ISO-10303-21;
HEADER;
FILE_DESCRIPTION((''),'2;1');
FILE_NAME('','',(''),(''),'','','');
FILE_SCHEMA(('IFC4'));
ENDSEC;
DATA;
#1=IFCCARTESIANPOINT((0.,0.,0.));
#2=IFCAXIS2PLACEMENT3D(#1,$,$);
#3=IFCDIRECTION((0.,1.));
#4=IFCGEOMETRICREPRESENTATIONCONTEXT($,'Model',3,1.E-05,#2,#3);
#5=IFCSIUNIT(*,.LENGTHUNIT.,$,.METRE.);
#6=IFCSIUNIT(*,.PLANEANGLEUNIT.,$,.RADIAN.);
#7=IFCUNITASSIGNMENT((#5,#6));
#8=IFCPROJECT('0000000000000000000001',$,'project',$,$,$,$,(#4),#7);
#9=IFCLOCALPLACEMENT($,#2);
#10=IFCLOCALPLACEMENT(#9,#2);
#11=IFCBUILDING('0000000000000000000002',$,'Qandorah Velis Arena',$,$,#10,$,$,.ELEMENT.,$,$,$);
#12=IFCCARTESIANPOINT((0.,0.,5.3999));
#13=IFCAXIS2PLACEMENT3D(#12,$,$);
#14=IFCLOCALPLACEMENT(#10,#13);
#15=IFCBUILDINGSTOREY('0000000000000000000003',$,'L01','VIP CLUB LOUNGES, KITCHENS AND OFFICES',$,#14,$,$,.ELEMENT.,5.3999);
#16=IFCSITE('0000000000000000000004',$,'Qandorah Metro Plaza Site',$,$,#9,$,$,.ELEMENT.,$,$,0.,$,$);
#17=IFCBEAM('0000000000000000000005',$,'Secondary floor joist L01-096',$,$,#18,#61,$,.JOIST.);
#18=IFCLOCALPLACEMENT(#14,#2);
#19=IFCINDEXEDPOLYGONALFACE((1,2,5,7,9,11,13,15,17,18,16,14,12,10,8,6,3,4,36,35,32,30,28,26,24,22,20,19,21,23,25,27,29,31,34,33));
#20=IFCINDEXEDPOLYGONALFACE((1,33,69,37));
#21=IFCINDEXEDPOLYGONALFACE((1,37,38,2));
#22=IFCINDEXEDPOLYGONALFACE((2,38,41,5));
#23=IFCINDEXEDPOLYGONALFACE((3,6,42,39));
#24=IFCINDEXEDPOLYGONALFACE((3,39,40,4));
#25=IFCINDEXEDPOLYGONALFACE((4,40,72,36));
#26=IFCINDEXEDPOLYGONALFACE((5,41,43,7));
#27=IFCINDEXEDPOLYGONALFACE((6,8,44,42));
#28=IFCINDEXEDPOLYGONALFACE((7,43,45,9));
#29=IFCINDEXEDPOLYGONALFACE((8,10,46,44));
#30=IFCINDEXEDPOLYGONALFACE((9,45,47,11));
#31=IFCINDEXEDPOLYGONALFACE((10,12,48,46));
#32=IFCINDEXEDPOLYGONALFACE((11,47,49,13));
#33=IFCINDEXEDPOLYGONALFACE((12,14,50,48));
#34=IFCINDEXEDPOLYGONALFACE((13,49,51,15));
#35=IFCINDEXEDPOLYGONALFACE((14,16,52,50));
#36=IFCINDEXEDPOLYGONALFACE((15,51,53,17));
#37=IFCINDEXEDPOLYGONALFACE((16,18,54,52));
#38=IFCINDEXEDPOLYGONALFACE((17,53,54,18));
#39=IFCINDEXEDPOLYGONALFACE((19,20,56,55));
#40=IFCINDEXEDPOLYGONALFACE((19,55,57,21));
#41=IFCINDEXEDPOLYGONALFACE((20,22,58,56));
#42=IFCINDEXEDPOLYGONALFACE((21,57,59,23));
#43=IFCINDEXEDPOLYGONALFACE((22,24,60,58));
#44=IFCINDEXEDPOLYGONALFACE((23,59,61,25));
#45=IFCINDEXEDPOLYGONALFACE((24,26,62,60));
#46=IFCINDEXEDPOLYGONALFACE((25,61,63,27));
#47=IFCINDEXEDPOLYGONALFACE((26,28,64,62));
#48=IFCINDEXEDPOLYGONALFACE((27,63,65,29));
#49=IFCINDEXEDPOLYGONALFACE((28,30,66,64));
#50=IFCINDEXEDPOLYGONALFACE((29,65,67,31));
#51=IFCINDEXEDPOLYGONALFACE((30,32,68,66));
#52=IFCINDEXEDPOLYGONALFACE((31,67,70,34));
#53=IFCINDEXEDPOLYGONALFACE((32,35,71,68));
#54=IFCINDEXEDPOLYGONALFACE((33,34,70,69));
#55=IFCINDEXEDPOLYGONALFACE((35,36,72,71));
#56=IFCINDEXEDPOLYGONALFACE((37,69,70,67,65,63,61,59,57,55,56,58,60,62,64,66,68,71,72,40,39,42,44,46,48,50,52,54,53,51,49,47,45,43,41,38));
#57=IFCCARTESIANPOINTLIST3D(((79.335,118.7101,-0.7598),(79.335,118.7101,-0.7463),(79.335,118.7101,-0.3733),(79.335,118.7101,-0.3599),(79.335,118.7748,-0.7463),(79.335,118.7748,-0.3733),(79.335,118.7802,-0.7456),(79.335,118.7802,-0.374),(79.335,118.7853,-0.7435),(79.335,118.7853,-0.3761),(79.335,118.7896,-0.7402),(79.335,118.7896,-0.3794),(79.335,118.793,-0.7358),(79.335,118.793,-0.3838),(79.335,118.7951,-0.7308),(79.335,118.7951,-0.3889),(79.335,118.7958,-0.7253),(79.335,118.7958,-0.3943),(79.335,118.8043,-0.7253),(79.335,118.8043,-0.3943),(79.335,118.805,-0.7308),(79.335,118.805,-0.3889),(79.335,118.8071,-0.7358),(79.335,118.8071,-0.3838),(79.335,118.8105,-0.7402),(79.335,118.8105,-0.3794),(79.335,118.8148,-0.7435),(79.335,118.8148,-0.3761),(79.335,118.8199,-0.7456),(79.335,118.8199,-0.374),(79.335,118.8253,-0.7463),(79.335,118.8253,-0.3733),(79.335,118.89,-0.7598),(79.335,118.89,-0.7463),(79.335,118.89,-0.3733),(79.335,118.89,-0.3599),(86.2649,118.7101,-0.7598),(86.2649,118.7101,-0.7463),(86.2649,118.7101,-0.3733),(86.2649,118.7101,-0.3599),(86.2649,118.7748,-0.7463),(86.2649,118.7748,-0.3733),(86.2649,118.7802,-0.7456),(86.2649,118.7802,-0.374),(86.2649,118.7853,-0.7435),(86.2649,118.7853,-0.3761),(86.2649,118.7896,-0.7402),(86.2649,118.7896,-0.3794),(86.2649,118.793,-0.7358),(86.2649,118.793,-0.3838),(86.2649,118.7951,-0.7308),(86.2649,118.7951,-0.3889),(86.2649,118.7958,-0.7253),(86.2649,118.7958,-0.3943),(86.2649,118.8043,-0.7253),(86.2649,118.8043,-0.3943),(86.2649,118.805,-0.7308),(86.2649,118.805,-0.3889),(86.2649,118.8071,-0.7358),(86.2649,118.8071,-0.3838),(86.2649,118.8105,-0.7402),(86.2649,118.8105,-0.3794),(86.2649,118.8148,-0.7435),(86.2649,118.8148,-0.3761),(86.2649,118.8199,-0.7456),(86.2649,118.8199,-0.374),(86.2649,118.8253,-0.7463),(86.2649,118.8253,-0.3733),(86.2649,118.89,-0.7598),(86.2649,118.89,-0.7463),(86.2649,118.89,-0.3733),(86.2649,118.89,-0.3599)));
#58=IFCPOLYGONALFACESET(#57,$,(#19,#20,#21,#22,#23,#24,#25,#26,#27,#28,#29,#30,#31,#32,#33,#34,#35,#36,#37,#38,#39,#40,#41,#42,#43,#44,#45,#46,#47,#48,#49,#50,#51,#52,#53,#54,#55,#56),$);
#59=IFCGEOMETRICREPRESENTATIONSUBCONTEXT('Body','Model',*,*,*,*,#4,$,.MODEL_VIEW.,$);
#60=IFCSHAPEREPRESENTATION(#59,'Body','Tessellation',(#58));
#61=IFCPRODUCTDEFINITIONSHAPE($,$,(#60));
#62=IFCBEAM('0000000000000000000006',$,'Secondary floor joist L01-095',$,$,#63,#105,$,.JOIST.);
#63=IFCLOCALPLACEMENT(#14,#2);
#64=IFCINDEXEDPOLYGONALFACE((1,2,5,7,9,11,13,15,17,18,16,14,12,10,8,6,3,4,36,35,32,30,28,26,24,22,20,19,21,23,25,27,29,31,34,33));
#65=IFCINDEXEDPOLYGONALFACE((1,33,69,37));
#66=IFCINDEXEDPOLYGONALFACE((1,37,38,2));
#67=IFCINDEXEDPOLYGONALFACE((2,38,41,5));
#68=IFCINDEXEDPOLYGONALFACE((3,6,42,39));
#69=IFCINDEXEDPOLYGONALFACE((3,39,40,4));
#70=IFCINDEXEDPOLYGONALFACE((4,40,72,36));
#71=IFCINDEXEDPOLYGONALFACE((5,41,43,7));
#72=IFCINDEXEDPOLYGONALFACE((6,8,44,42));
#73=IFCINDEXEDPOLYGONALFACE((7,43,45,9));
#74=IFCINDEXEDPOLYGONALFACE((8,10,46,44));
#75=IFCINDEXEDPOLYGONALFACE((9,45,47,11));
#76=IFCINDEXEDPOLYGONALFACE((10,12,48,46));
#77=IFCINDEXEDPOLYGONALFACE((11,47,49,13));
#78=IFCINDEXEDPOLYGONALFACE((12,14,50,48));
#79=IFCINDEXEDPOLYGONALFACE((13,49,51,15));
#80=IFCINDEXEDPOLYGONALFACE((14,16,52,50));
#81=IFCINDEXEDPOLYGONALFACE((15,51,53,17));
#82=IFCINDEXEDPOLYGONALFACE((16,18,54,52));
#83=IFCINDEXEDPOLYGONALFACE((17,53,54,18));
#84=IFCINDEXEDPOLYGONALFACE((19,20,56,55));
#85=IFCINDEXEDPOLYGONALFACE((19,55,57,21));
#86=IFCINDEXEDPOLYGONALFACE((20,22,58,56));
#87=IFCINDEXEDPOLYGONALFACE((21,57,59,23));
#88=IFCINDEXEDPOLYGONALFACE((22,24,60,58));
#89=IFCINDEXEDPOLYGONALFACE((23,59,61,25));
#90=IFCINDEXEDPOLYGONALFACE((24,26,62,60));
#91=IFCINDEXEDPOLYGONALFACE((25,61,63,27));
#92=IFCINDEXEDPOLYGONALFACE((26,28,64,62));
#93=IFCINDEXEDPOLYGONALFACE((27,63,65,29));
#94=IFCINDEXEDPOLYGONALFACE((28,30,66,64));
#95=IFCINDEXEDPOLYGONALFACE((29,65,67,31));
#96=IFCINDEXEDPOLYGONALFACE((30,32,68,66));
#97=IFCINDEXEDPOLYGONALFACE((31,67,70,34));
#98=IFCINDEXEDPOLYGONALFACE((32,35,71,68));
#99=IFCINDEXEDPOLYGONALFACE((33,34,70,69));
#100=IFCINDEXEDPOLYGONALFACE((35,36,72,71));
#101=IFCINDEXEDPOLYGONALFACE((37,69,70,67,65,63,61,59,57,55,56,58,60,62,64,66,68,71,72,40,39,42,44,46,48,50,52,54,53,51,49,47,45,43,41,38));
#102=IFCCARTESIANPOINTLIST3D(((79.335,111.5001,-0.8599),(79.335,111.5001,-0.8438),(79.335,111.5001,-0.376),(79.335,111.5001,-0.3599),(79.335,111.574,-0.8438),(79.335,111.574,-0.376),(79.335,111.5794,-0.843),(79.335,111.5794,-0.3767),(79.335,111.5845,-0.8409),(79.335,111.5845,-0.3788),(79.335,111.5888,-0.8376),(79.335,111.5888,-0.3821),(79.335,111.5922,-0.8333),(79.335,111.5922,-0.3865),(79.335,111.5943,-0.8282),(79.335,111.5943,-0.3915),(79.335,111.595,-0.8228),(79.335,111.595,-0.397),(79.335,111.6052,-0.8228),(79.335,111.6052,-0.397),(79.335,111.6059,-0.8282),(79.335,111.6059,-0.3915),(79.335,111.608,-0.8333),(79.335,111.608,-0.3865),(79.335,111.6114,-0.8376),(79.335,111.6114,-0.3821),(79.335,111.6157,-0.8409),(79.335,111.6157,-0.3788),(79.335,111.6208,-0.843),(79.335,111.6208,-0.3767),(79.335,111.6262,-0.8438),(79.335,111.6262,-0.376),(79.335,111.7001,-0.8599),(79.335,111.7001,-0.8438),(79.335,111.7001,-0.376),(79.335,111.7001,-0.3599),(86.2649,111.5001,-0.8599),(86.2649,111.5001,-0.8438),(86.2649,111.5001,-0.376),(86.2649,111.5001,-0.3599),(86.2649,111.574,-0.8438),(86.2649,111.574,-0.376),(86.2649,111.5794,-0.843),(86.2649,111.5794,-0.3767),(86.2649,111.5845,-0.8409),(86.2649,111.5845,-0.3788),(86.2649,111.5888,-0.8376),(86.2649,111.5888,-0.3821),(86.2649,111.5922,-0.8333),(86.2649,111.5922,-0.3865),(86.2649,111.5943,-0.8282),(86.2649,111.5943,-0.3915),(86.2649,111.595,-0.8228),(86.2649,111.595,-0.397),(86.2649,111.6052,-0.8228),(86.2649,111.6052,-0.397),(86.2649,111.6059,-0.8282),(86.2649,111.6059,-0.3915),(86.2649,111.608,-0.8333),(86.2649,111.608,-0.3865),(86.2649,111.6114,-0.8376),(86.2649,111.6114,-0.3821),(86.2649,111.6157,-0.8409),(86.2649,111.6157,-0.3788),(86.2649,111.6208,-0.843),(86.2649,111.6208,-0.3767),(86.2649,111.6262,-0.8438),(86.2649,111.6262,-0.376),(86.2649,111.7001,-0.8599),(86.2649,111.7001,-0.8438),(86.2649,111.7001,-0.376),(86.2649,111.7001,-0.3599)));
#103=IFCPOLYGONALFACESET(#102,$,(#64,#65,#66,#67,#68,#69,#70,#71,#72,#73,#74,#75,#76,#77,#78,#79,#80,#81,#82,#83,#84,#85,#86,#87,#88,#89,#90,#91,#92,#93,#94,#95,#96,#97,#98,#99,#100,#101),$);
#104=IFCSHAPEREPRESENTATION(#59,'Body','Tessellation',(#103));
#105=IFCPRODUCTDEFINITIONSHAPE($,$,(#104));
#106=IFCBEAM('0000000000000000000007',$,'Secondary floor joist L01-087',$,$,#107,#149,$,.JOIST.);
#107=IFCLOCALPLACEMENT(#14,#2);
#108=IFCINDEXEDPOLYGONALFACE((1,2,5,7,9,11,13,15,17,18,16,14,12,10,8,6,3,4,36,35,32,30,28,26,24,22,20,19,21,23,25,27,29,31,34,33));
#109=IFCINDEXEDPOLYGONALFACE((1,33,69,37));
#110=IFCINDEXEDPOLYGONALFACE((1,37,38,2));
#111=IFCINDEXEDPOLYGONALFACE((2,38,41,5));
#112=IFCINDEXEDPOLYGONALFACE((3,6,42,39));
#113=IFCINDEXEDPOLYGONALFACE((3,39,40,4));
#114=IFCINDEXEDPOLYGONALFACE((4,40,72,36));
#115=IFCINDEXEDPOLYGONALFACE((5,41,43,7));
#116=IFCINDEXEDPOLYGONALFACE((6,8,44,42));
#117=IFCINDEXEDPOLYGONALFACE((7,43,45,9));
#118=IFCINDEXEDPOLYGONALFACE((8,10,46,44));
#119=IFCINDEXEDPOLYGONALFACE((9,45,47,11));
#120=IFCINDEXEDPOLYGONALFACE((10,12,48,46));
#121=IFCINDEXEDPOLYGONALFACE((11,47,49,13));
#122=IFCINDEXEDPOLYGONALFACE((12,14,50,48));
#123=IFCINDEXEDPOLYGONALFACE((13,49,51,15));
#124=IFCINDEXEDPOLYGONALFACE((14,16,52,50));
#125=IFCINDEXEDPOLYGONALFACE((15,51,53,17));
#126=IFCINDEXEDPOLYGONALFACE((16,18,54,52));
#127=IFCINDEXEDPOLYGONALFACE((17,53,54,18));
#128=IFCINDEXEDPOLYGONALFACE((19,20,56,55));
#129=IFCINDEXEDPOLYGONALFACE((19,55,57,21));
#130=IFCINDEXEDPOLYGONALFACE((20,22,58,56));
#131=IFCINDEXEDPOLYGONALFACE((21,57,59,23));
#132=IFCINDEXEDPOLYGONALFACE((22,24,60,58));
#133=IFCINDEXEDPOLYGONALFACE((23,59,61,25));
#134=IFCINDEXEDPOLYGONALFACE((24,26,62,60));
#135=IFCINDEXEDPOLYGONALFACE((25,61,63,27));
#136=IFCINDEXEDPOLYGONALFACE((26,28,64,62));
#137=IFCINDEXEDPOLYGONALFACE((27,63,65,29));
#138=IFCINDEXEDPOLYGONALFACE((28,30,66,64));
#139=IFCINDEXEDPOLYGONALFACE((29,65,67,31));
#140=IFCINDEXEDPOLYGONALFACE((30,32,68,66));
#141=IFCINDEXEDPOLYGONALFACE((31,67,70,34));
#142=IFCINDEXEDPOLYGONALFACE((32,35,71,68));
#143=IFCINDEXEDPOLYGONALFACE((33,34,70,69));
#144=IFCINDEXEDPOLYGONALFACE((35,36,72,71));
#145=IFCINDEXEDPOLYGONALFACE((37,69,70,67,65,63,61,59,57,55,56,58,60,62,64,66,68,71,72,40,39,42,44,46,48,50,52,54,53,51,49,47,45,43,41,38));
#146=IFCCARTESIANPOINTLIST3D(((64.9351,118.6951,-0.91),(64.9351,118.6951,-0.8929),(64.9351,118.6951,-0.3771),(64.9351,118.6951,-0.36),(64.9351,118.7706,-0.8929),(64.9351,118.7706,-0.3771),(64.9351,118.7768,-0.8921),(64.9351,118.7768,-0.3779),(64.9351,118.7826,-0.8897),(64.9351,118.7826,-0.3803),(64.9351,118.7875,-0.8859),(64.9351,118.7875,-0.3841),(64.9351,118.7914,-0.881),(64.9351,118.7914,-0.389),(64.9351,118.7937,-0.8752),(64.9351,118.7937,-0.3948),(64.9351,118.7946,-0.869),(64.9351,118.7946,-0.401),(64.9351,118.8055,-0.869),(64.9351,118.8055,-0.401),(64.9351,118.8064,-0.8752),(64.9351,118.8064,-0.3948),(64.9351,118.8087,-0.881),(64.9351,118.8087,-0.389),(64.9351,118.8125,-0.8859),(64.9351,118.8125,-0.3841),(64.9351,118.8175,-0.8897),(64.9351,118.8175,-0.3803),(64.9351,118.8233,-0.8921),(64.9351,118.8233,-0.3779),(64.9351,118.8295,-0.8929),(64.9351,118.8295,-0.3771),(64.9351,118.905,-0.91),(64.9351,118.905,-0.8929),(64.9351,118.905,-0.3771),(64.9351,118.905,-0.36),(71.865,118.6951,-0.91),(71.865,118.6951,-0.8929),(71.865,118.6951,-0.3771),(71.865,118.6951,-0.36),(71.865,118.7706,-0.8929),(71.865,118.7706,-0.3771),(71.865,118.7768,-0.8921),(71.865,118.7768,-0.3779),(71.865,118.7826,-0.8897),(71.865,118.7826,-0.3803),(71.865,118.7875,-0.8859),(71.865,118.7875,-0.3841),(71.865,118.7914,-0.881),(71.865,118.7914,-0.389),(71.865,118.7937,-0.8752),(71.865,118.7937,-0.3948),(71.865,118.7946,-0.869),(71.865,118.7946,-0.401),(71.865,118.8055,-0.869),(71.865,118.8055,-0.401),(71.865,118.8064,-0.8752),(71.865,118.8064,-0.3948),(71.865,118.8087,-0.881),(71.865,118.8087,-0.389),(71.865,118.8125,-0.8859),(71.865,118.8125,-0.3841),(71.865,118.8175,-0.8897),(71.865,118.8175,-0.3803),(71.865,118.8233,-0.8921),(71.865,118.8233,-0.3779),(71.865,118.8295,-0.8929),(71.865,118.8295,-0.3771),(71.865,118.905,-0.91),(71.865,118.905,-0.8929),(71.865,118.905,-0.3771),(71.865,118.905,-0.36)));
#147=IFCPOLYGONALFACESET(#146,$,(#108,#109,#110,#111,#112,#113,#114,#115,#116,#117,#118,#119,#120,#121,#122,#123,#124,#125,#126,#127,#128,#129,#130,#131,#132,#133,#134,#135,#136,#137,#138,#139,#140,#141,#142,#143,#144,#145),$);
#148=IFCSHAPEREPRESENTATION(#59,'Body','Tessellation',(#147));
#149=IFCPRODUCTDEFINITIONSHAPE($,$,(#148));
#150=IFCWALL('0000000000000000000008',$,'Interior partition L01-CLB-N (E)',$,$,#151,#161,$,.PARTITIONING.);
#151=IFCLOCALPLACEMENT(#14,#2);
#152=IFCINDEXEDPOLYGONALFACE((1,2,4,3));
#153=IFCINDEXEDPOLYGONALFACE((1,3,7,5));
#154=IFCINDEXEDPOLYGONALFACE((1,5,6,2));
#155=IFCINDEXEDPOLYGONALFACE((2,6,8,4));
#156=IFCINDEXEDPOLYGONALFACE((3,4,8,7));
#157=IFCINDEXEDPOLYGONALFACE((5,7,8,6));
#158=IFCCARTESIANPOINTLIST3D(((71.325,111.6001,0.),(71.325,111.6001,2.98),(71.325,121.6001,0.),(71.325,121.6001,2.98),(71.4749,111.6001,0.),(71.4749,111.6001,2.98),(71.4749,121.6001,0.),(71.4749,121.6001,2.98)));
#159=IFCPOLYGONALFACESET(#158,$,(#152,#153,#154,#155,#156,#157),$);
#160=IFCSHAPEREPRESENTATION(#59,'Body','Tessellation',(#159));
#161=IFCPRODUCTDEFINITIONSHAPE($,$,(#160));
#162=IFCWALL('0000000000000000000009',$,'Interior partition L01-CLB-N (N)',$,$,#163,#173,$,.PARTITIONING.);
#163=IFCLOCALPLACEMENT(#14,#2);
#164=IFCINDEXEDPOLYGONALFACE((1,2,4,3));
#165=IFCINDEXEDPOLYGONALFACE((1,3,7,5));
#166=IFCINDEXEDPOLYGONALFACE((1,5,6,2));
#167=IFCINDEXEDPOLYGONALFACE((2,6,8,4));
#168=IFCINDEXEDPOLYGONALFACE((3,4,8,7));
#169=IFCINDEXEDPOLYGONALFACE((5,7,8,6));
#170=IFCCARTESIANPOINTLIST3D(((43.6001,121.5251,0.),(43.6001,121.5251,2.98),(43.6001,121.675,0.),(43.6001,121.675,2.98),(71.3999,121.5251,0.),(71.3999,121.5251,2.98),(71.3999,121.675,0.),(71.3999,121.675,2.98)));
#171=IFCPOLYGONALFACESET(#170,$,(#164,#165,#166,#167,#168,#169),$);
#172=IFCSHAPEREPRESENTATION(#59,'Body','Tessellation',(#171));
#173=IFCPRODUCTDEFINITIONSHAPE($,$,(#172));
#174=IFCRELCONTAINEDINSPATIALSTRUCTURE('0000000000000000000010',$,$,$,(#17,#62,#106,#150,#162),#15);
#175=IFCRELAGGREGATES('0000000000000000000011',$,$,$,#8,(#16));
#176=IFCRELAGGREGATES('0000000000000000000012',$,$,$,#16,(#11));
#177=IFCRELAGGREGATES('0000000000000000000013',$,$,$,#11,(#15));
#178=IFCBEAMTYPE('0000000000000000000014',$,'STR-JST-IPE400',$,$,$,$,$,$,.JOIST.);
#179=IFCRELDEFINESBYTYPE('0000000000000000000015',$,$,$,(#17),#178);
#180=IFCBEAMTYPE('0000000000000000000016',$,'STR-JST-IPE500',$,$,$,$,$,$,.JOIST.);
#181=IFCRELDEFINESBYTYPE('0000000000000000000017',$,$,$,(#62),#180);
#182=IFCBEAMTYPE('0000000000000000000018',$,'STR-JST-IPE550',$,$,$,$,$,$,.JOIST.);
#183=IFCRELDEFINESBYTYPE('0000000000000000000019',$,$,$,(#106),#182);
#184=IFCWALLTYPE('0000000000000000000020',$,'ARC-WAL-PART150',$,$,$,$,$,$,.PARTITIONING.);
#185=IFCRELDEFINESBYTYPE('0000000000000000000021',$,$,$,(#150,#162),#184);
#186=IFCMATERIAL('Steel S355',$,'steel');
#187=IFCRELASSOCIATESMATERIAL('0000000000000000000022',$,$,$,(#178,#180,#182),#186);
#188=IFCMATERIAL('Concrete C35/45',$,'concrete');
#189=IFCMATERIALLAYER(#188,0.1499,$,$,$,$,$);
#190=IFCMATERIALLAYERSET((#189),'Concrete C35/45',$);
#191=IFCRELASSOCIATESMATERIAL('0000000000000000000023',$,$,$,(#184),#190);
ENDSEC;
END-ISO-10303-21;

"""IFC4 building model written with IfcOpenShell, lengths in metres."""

from ifc_helpers import new_model, si_unit, direction, frame, frame_2d, origin, origin_2d, place, context, subcontext, project, spatial, rectangle, i_section, extrude, material, layer, layer_set, material_profile, profile_set, type_object, element, save


model = new_model("IFC4")

# Units and contexts
model_context = context("Model", 3, precision=1e-05, world=origin(), true_north=direction((0.0, 1.0)))
body_context = subcontext(model_context, "Body", "Model", "MODEL_VIEW")
ifc_project = project(units=[si_unit("LENGTHUNIT", "METRE"), si_unit("PLANEANGLEUNIT", "RADIAN")], contexts=[model_context])

# Site, building, storey
site_placement = place(None, origin())
site = spatial("IfcSite", under=ifc_project, at=site_placement, Name="Qandorah Metro Plaza Site", CompositionType="ELEMENT", RefElevation=0.0)
building_placement = place(site_placement, origin())
building = spatial("IfcBuilding", under=site, at=building_placement, Name="Qandorah Velis Arena", CompositionType="ELEMENT")
storey_placement = place(building_placement, frame((0.0, 0.0, 5.3999)))
storey = spatial("IfcBuildingStorey", under=building, at=storey_placement, Name="L01", Description="VIP CLUB LOUNGES, KITCHENS AND OFFICES", CompositionType="ELEMENT", Elevation=5.3999)

# Beams
ifc_material_1 = material(Name="Steel S355", Category="steel")
ifc_material_profile_1 = material_profile(ifc_material_1, i_section(OverallWidth=0.1799, OverallDepth=0.3999, WebThickness=0.0085, FlangeThickness=0.0134, FilletRadius=0.021, at=origin_2d()), Name="IPE 400")
ifc_profile_set_1 = profile_set([ifc_material_profile_1], Name="Steel S355")
beam_type_1 = type_object("IfcBeamType", Name="STR-JST-IPE400", PredefinedType="JOIST", material=ifc_profile_set_1)
for number, where, z_axis, x_axis, name in (
    (1, (79.335, 118.8, -0.5598), (1.0, 0.0, 0.0), (0.0, 1.0, 0.0), "Secondary floor joist L01-096"),
):
    element("IfcBeam", number, at=place(storey_placement, frame(where, z_axis=z_axis, x_axis=x_axis)), inside=storey, type_object=beam_type_1, Name=name, PredefinedType="JOIST", context=body_context, shape_type="SweptSolid", body=[
        extrude(i_section(OverallWidth=0.1799, OverallDepth=0.3999, WebThickness=0.0085, FlangeThickness=0.0134, FilletRadius=0.021, at=origin_2d()), origin(), (0.0, 0.0, 1.0), 6.9299),
    ])
ifc_material_profile_2 = material_profile(ifc_material_1, i_section(OverallWidth=0.2, OverallDepth=0.5, WebThickness=0.0103, FlangeThickness=0.0161, FilletRadius=0.021, at=origin_2d()), Name="IPE 500")
ifc_profile_set_2 = profile_set([ifc_material_profile_2], Name="Steel S355")
beam_type_2 = type_object("IfcBeamType", Name="STR-JST-IPE500", PredefinedType="JOIST", material=ifc_profile_set_2)
beam_1_placement = place(storey_placement, frame((79.335, 111.6001, -0.6099), z_axis=(1.0, 0.0, 0.0), x_axis=(0.0, 1.0, 0.0)))
element("IfcBeam", 2, at=beam_1_placement, inside=storey, type_object=beam_type_2, Name="Secondary floor joist L01-095", PredefinedType="JOIST", context=body_context, shape_type="SweptSolid", body=[
    extrude(i_section(OverallWidth=0.2, OverallDepth=0.5, WebThickness=0.0103, FlangeThickness=0.0161, FilletRadius=0.021, at=origin_2d()), origin(), (0.0, 0.0, 1.0), 6.9299),
])
ifc_material_profile_3 = material_profile(ifc_material_1, i_section(OverallWidth=0.21, OverallDepth=0.55, WebThickness=0.011, FlangeThickness=0.0171, FilletRadius=0.0239, at=origin_2d()), Name="IPE 550")
ifc_profile_set_3 = profile_set([ifc_material_profile_3], Name="Steel S355")
beam_type_3 = type_object("IfcBeamType", Name="STR-JST-IPE550", PredefinedType="JOIST", material=ifc_profile_set_3)
beam_2_placement = place(storey_placement, frame((64.9351, 118.8, -0.635), z_axis=(1.0, 0.0, 0.0), x_axis=(0.0, 1.0, 0.0)))
element("IfcBeam", 3, at=beam_2_placement, inside=storey, type_object=beam_type_3, Name="Secondary floor joist L01-087", PredefinedType="JOIST", context=body_context, shape_type="SweptSolid", body=[
    extrude(i_section(OverallWidth=0.21, OverallDepth=0.55, WebThickness=0.011, FlangeThickness=0.0171, FilletRadius=0.0239, at=origin_2d()), origin(), (0.0, 0.0, 1.0), 6.9299),
])

# Walls
ifc_material_2 = material(Name="Concrete C35/45", Category="concrete")
ifc_layer = layer(ifc_material_2, 0.1499)
ifc_layer_set = layer_set([ifc_layer], Name="Concrete C35/45")
wall_type = type_object("IfcWallType", Name="ARC-WAL-PART150", PredefinedType="PARTITIONING", material=ifc_layer_set)
wall_1_placement = place(storey_placement, frame((71.3999, 111.6001, 0.0), z_axis=(0.0, 0.0, 1.0), x_axis=(0.0, 1.0, 0.0)))
element("IfcWall", 4, at=wall_1_placement, inside=storey, type_object=wall_type, Name="Interior partition L01-CLB-N (E)", PredefinedType="PARTITIONING", context=body_context, shape_type="SweptSolid", body=[
    extrude(rectangle(XDim=10.0, YDim=0.1499, at=frame_2d((5.0, 0.0))), origin(), (0.0, 0.0, 1.0), 2.98),
])
wall_2_placement = place(storey_placement, frame((71.3999, 121.6001, 0.0), z_axis=(0.0, 0.0, 1.0), x_axis=(-1.0, 0.0, 0.0)))
element("IfcWall", 5, at=wall_2_placement, inside=storey, type_object=wall_type, Name="Interior partition L01-CLB-N (N)", PredefinedType="PARTITIONING", context=body_context, shape_type="SweptSolid", body=[
    extrude(rectangle(XDim=27.7998, YDim=0.1499, at=frame_2d((13.8999, 0.0))), origin(), (0.0, 0.0, 1.0), 2.98),
])

save(model, "model.ifc")
